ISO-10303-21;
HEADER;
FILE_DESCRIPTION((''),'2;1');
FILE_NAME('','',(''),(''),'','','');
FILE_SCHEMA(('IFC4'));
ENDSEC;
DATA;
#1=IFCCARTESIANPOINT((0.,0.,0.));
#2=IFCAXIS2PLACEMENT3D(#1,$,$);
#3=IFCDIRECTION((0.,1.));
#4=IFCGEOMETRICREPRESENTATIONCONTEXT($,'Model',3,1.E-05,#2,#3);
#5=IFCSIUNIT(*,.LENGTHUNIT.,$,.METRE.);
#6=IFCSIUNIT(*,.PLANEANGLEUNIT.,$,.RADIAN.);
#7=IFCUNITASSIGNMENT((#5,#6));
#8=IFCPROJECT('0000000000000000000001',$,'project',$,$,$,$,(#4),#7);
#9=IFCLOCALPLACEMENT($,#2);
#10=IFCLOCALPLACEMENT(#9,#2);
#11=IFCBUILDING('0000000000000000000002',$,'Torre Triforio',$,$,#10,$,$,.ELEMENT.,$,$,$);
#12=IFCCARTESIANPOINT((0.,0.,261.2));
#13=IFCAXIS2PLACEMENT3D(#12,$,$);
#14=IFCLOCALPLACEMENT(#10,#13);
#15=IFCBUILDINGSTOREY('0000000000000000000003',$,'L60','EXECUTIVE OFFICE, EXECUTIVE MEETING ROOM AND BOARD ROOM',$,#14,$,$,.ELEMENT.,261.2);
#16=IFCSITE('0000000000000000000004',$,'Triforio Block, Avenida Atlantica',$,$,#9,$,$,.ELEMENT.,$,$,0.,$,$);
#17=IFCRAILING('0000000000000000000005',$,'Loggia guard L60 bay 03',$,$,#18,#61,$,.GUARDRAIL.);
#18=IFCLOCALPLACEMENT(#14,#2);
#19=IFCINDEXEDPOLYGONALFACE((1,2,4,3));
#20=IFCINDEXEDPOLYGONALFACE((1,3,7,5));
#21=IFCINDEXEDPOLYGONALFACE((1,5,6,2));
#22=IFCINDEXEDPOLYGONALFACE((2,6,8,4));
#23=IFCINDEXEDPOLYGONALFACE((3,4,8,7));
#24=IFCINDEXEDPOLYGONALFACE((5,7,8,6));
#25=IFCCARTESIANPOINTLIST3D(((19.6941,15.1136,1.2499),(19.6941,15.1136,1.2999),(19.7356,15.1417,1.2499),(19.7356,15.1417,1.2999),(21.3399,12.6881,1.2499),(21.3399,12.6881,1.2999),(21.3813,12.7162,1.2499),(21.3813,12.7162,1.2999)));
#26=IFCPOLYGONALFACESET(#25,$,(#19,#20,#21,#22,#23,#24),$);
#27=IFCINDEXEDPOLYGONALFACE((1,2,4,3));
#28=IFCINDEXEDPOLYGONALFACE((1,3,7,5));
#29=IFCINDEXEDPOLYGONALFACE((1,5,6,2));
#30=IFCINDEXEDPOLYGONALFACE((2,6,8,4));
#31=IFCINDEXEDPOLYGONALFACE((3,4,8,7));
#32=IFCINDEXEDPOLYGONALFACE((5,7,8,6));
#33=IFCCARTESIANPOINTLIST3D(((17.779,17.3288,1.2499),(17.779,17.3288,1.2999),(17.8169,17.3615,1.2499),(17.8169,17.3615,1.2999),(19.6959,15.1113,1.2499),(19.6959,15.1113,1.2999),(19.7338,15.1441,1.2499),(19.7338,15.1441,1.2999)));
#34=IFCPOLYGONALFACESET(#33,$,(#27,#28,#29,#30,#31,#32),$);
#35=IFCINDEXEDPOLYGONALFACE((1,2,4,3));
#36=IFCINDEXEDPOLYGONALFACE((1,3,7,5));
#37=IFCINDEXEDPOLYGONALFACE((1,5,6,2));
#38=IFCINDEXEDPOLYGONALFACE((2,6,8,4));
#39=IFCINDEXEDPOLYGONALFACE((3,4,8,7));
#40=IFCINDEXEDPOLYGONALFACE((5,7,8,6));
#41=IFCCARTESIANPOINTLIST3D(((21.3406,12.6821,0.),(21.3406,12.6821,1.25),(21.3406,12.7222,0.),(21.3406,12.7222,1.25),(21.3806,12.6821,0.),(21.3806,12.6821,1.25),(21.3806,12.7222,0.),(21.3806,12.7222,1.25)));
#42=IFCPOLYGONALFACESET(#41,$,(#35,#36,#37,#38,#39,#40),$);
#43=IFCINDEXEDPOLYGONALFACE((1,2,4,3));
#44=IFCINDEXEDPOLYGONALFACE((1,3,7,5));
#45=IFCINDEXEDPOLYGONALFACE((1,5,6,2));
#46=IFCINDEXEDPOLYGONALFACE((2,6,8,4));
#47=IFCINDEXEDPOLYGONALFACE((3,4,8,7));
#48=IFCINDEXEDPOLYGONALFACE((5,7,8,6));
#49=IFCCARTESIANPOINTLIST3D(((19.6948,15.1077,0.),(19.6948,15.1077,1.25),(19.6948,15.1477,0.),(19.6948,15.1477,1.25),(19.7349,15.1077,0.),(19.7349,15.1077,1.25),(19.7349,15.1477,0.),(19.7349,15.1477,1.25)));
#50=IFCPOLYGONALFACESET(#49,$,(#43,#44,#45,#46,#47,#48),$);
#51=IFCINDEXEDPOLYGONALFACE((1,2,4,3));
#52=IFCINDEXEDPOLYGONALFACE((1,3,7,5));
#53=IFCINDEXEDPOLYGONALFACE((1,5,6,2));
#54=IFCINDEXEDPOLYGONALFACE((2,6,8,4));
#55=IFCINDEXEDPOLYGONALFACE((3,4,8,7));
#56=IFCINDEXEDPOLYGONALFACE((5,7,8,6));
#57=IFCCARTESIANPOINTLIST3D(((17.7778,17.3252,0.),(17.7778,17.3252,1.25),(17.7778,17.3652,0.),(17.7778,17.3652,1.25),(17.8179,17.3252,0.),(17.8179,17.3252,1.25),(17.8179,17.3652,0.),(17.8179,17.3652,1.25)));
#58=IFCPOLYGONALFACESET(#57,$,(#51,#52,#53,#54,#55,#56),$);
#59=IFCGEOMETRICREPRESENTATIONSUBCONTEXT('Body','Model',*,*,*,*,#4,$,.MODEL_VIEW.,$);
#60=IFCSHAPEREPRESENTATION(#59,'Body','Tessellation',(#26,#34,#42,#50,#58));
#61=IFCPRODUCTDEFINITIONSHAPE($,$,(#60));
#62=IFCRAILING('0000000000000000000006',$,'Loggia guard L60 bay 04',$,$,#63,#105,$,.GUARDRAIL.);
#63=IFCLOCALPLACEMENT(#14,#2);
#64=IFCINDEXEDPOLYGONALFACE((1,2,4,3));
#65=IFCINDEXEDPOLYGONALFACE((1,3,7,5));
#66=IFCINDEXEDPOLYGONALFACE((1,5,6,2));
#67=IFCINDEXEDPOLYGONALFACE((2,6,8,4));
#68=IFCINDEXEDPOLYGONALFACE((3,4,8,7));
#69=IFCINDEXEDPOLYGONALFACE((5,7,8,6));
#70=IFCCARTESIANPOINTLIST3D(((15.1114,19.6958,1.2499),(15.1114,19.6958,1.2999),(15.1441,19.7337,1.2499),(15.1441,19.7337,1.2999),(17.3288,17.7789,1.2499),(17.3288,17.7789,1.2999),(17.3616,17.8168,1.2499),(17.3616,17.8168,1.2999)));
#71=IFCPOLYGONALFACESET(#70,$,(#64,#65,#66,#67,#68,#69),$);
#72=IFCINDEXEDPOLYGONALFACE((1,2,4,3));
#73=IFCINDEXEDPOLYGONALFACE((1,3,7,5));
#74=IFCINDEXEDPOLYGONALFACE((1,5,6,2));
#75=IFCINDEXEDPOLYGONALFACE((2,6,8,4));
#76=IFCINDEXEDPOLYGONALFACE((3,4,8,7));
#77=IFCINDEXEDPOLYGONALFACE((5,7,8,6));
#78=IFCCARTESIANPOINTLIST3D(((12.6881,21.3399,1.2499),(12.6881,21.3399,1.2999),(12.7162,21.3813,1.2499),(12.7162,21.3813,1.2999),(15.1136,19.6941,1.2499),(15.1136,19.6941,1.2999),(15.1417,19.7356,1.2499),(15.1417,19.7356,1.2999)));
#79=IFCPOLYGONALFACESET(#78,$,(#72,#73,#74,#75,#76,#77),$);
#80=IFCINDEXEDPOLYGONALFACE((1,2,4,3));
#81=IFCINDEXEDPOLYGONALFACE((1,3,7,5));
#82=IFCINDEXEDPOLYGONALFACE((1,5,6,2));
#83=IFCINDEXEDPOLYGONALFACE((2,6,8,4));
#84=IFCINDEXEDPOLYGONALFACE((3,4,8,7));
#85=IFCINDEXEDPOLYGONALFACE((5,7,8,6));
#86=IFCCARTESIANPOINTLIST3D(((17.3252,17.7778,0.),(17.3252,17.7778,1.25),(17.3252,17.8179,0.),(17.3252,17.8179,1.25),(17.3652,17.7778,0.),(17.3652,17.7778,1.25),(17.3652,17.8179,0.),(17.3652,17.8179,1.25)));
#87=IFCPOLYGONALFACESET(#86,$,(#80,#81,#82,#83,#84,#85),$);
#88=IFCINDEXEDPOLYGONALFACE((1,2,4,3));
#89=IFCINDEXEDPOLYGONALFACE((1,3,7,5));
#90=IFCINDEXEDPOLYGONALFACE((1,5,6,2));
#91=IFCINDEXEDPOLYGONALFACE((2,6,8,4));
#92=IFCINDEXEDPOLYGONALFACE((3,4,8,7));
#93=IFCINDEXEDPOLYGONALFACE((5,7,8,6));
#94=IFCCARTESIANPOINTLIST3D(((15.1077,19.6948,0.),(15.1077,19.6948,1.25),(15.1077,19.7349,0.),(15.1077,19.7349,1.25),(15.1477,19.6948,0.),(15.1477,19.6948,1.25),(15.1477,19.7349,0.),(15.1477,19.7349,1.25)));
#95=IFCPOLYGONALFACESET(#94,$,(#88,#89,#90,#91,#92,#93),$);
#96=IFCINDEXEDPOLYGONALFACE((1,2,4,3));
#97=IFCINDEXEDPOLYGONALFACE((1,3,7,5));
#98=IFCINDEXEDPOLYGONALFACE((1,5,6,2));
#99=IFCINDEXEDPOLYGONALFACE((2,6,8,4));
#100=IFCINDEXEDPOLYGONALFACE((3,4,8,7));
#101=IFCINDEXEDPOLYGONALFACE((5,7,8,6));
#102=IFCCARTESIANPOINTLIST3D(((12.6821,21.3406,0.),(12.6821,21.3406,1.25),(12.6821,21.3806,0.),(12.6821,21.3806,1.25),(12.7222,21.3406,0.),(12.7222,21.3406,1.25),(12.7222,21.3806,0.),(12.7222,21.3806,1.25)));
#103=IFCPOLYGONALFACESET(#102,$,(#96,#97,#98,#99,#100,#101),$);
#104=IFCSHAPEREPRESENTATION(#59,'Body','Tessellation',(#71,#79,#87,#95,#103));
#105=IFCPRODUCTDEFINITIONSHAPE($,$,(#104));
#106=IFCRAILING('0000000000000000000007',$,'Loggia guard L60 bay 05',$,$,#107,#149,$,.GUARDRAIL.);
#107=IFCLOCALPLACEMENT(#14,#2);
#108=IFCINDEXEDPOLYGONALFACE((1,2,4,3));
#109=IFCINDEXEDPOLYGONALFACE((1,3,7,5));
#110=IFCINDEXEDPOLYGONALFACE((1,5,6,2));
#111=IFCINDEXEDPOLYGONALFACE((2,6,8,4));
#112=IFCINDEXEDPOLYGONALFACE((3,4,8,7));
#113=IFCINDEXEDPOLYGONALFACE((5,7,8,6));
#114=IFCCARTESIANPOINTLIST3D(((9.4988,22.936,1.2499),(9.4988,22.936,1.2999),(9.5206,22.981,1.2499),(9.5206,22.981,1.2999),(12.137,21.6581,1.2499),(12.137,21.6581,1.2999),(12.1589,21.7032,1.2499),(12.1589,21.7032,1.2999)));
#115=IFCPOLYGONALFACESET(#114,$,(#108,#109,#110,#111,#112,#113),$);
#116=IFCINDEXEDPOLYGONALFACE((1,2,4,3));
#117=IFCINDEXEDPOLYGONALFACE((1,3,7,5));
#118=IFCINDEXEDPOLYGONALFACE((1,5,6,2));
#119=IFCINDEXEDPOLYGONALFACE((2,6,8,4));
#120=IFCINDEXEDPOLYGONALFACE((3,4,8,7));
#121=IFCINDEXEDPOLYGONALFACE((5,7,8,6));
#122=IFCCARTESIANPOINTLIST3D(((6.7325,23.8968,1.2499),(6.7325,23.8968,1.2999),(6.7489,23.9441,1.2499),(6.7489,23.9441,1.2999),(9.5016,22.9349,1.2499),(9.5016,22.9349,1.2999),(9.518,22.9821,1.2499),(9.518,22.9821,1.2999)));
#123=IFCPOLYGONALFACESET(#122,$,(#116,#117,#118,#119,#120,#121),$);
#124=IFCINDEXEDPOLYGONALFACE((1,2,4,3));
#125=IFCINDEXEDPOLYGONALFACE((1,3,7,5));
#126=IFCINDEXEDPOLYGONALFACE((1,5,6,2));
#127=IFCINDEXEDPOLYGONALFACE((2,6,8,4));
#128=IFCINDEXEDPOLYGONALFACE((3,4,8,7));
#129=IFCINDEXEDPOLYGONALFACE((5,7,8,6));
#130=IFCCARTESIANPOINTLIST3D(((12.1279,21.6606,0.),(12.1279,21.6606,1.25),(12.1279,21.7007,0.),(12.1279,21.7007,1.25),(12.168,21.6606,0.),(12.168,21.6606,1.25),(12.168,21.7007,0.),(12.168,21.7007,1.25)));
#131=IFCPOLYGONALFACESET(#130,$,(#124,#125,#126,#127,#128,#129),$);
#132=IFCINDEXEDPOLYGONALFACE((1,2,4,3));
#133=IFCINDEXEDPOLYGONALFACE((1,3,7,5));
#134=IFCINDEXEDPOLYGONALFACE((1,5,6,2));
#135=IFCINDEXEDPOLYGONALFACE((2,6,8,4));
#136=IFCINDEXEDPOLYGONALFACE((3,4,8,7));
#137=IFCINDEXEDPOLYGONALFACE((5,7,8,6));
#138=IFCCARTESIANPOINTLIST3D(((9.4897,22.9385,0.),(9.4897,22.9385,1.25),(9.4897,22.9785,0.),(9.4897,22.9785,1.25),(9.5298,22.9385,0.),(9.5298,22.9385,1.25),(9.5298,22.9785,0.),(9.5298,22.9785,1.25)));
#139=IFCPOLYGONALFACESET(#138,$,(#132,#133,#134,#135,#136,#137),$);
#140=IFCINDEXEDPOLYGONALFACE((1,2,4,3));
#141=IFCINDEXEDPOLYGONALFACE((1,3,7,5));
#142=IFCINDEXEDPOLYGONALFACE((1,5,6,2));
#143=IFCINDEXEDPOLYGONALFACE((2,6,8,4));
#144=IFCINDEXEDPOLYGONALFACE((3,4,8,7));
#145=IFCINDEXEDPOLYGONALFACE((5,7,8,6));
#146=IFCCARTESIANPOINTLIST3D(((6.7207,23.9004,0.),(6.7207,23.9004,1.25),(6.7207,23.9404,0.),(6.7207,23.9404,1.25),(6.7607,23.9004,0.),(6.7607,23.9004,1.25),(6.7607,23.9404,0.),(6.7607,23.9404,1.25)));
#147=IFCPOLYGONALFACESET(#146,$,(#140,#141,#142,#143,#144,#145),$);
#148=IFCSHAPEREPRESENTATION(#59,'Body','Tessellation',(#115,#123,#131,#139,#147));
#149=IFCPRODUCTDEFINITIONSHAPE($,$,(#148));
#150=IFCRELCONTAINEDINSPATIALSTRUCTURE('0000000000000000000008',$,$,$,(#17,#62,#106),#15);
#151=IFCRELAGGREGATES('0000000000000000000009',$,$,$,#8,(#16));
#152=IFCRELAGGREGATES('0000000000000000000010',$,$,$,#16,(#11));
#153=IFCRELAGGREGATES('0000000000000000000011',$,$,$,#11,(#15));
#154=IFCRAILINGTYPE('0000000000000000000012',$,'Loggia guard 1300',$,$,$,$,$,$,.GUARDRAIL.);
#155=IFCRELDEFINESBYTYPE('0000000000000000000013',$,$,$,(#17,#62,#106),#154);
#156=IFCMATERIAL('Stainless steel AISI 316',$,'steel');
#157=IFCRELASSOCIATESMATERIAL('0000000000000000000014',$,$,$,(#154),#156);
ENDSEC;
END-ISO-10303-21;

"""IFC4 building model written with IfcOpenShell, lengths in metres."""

from ifc_helpers import new_model, si_unit, direction, frame, origin, origin_2d, place, context, subcontext, project, spatial, rectangle, extrude, material, type_object, element, save


model = new_model("IFC4")

# Units and contexts
model_context = context("Model", 3, precision=1e-05, world=origin(), true_north=direction((0.0, 1.0)))
body_context = subcontext(model_context, "Body", "Model", "MODEL_VIEW")
ifc_project = project(units=[si_unit("LENGTHUNIT", "METRE"), si_unit("PLANEANGLEUNIT", "RADIAN")], contexts=[model_context])

# Site, building, storey
site_placement = place(None, origin())
site = spatial("IfcSite", under=ifc_project, at=site_placement, Name="Triforio Block, Avenida Atlantica", CompositionType="ELEMENT", RefElevation=0.0)
building_placement = place(site_placement, origin())
building = spatial("IfcBuilding", under=site, at=building_placement, Name="Torre Triforio", CompositionType="ELEMENT")
storey_placement = place(building_placement, frame((0.0, 0.0, 261.2)))
storey = spatial("IfcBuildingStorey", under=building, at=storey_placement, Name="L60", Description="EXECUTIVE OFFICE, EXECUTIVE MEETING ROOM AND BOARD ROOM", CompositionType="ELEMENT", Elevation=261.2)

# Railings
ifc_material_1 = material(Name="Stainless steel AISI 316", Category="steel")
railing_type = type_object("IfcRailingType", Name="Loggia guard 1300", PredefinedType="GUARDRAIL", material=ifc_material_1)
railing_1_placement = place(storey_placement, frame((21.3606, 12.7021, 0.0)))
element("IfcRailing", 1, at=railing_1_placement, inside=storey, type_object=railing_type, Name="Loggia guard L60 bay 03", PredefinedType="GUARDRAIL", context=body_context, shape_type="SweptSolid", body=[
    extrude(rectangle(XDim=0.05, YDim=0.05, at=origin_2d()), frame((0.0, 0.0, 1.2749), z_axis=(-0.561467, 0.827499, 0.0), x_axis=(-0.827499, -0.561467, 0.0)), (0.0, 0.0, 1.0), 2.9312),
    extrude(rectangle(XDim=0.05, YDim=0.05, at=origin_2d()), frame((-1.6458, 2.4255, 1.2749), z_axis=(-0.653982, 0.75651, 0.0), x_axis=(-0.75651, -0.653982, 0.0)), (0.0, 0.0, 1.0), 2.9312),
    extrude(rectangle(XDim=0.04, YDim=0.04, at=origin_2d()), origin(), (0.0, 0.0, 1.0), 1.25),
    extrude(rectangle(XDim=0.04, YDim=0.04, at=origin_2d()), frame((-1.6458, 2.4255, 0.0)), (0.0, 0.0, 1.0), 1.25),
    extrude(rectangle(XDim=0.04, YDim=0.04, at=origin_2d()), frame((-3.5627, 4.6431, 0.0)), (0.0, 0.0, 1.0), 1.25),
])
railing_2_placement = place(storey_placement, frame((17.3452, 17.7979, 0.0)))
element("IfcRailing", 2, at=railing_2_placement, inside=storey, type_object=railing_type, Name="Loggia guard L60 bay 04", PredefinedType="GUARDRAIL", context=body_context, shape_type="SweptSolid", body=[
    extrude(rectangle(XDim=0.05, YDim=0.05, at=origin_2d()), frame((0.0, 0.0, 1.2749), z_axis=(-0.75651, 0.653982, 0.0), x_axis=(-0.653982, -0.75651, 0.0)), (0.0, 0.0, 1.0), 2.9312),
    extrude(rectangle(XDim=0.05, YDim=0.05, at=origin_2d()), frame((-2.2175, 1.917, 1.2749), z_axis=(-0.827499, 0.561467, 0.0), x_axis=(-0.561467, -0.827499, 0.0)), (0.0, 0.0, 1.0), 2.9312),
    extrude(rectangle(XDim=0.04, YDim=0.04, at=origin_2d()), origin(), (0.0, 0.0, 1.0), 1.25),
    extrude(rectangle(XDim=0.04, YDim=0.04, at=origin_2d()), frame((-2.2175, 1.917, 0.0)), (0.0, 0.0, 1.0), 1.25),
    extrude(rectangle(XDim=0.04, YDim=0.04, at=origin_2d()), frame((-4.6431, 3.5627, 0.0)), (0.0, 0.0, 1.0), 1.25),
])
railing_3_placement = place(storey_placement, frame((12.1479, 21.6807, 0.0)))
element("IfcRailing", 3, at=railing_3_placement, inside=storey, type_object=railing_type, Name="Loggia guard L60 bay 05", PredefinedType="GUARDRAIL", context=body_context, shape_type="SweptSolid", body=[
    extrude(rectangle(XDim=0.05, YDim=0.05, at=origin_2d()), frame((0.0, 0.0, 1.2749), z_axis=(-0.899986, 0.435918, 0.0), x_axis=(-0.435918, -0.899986, 0.0)), (0.0, 0.0, 1.0), 2.9314),
    extrude(rectangle(XDim=0.05, YDim=0.05, at=origin_2d()), frame((-2.6382, 1.2778, 1.2749), z_axis=(-0.944627, 0.328146, 0.0), x_axis=(-0.328146, -0.944627, 0.0)), (0.0, 0.0, 1.0), 2.9314),
    extrude(rectangle(XDim=0.04, YDim=0.04, at=origin_2d()), origin(), (0.0, 0.0, 1.0), 1.25),
    extrude(rectangle(XDim=0.04, YDim=0.04, at=origin_2d()), frame((-2.6382, 1.2778, 0.0)), (0.0, 0.0, 1.0), 1.25),
    extrude(rectangle(XDim=0.04, YDim=0.04, at=origin_2d()), frame((-5.4072, 2.2397, 0.0)), (0.0, 0.0, 1.0), 1.25),
])

save(model, "model.ifc")
